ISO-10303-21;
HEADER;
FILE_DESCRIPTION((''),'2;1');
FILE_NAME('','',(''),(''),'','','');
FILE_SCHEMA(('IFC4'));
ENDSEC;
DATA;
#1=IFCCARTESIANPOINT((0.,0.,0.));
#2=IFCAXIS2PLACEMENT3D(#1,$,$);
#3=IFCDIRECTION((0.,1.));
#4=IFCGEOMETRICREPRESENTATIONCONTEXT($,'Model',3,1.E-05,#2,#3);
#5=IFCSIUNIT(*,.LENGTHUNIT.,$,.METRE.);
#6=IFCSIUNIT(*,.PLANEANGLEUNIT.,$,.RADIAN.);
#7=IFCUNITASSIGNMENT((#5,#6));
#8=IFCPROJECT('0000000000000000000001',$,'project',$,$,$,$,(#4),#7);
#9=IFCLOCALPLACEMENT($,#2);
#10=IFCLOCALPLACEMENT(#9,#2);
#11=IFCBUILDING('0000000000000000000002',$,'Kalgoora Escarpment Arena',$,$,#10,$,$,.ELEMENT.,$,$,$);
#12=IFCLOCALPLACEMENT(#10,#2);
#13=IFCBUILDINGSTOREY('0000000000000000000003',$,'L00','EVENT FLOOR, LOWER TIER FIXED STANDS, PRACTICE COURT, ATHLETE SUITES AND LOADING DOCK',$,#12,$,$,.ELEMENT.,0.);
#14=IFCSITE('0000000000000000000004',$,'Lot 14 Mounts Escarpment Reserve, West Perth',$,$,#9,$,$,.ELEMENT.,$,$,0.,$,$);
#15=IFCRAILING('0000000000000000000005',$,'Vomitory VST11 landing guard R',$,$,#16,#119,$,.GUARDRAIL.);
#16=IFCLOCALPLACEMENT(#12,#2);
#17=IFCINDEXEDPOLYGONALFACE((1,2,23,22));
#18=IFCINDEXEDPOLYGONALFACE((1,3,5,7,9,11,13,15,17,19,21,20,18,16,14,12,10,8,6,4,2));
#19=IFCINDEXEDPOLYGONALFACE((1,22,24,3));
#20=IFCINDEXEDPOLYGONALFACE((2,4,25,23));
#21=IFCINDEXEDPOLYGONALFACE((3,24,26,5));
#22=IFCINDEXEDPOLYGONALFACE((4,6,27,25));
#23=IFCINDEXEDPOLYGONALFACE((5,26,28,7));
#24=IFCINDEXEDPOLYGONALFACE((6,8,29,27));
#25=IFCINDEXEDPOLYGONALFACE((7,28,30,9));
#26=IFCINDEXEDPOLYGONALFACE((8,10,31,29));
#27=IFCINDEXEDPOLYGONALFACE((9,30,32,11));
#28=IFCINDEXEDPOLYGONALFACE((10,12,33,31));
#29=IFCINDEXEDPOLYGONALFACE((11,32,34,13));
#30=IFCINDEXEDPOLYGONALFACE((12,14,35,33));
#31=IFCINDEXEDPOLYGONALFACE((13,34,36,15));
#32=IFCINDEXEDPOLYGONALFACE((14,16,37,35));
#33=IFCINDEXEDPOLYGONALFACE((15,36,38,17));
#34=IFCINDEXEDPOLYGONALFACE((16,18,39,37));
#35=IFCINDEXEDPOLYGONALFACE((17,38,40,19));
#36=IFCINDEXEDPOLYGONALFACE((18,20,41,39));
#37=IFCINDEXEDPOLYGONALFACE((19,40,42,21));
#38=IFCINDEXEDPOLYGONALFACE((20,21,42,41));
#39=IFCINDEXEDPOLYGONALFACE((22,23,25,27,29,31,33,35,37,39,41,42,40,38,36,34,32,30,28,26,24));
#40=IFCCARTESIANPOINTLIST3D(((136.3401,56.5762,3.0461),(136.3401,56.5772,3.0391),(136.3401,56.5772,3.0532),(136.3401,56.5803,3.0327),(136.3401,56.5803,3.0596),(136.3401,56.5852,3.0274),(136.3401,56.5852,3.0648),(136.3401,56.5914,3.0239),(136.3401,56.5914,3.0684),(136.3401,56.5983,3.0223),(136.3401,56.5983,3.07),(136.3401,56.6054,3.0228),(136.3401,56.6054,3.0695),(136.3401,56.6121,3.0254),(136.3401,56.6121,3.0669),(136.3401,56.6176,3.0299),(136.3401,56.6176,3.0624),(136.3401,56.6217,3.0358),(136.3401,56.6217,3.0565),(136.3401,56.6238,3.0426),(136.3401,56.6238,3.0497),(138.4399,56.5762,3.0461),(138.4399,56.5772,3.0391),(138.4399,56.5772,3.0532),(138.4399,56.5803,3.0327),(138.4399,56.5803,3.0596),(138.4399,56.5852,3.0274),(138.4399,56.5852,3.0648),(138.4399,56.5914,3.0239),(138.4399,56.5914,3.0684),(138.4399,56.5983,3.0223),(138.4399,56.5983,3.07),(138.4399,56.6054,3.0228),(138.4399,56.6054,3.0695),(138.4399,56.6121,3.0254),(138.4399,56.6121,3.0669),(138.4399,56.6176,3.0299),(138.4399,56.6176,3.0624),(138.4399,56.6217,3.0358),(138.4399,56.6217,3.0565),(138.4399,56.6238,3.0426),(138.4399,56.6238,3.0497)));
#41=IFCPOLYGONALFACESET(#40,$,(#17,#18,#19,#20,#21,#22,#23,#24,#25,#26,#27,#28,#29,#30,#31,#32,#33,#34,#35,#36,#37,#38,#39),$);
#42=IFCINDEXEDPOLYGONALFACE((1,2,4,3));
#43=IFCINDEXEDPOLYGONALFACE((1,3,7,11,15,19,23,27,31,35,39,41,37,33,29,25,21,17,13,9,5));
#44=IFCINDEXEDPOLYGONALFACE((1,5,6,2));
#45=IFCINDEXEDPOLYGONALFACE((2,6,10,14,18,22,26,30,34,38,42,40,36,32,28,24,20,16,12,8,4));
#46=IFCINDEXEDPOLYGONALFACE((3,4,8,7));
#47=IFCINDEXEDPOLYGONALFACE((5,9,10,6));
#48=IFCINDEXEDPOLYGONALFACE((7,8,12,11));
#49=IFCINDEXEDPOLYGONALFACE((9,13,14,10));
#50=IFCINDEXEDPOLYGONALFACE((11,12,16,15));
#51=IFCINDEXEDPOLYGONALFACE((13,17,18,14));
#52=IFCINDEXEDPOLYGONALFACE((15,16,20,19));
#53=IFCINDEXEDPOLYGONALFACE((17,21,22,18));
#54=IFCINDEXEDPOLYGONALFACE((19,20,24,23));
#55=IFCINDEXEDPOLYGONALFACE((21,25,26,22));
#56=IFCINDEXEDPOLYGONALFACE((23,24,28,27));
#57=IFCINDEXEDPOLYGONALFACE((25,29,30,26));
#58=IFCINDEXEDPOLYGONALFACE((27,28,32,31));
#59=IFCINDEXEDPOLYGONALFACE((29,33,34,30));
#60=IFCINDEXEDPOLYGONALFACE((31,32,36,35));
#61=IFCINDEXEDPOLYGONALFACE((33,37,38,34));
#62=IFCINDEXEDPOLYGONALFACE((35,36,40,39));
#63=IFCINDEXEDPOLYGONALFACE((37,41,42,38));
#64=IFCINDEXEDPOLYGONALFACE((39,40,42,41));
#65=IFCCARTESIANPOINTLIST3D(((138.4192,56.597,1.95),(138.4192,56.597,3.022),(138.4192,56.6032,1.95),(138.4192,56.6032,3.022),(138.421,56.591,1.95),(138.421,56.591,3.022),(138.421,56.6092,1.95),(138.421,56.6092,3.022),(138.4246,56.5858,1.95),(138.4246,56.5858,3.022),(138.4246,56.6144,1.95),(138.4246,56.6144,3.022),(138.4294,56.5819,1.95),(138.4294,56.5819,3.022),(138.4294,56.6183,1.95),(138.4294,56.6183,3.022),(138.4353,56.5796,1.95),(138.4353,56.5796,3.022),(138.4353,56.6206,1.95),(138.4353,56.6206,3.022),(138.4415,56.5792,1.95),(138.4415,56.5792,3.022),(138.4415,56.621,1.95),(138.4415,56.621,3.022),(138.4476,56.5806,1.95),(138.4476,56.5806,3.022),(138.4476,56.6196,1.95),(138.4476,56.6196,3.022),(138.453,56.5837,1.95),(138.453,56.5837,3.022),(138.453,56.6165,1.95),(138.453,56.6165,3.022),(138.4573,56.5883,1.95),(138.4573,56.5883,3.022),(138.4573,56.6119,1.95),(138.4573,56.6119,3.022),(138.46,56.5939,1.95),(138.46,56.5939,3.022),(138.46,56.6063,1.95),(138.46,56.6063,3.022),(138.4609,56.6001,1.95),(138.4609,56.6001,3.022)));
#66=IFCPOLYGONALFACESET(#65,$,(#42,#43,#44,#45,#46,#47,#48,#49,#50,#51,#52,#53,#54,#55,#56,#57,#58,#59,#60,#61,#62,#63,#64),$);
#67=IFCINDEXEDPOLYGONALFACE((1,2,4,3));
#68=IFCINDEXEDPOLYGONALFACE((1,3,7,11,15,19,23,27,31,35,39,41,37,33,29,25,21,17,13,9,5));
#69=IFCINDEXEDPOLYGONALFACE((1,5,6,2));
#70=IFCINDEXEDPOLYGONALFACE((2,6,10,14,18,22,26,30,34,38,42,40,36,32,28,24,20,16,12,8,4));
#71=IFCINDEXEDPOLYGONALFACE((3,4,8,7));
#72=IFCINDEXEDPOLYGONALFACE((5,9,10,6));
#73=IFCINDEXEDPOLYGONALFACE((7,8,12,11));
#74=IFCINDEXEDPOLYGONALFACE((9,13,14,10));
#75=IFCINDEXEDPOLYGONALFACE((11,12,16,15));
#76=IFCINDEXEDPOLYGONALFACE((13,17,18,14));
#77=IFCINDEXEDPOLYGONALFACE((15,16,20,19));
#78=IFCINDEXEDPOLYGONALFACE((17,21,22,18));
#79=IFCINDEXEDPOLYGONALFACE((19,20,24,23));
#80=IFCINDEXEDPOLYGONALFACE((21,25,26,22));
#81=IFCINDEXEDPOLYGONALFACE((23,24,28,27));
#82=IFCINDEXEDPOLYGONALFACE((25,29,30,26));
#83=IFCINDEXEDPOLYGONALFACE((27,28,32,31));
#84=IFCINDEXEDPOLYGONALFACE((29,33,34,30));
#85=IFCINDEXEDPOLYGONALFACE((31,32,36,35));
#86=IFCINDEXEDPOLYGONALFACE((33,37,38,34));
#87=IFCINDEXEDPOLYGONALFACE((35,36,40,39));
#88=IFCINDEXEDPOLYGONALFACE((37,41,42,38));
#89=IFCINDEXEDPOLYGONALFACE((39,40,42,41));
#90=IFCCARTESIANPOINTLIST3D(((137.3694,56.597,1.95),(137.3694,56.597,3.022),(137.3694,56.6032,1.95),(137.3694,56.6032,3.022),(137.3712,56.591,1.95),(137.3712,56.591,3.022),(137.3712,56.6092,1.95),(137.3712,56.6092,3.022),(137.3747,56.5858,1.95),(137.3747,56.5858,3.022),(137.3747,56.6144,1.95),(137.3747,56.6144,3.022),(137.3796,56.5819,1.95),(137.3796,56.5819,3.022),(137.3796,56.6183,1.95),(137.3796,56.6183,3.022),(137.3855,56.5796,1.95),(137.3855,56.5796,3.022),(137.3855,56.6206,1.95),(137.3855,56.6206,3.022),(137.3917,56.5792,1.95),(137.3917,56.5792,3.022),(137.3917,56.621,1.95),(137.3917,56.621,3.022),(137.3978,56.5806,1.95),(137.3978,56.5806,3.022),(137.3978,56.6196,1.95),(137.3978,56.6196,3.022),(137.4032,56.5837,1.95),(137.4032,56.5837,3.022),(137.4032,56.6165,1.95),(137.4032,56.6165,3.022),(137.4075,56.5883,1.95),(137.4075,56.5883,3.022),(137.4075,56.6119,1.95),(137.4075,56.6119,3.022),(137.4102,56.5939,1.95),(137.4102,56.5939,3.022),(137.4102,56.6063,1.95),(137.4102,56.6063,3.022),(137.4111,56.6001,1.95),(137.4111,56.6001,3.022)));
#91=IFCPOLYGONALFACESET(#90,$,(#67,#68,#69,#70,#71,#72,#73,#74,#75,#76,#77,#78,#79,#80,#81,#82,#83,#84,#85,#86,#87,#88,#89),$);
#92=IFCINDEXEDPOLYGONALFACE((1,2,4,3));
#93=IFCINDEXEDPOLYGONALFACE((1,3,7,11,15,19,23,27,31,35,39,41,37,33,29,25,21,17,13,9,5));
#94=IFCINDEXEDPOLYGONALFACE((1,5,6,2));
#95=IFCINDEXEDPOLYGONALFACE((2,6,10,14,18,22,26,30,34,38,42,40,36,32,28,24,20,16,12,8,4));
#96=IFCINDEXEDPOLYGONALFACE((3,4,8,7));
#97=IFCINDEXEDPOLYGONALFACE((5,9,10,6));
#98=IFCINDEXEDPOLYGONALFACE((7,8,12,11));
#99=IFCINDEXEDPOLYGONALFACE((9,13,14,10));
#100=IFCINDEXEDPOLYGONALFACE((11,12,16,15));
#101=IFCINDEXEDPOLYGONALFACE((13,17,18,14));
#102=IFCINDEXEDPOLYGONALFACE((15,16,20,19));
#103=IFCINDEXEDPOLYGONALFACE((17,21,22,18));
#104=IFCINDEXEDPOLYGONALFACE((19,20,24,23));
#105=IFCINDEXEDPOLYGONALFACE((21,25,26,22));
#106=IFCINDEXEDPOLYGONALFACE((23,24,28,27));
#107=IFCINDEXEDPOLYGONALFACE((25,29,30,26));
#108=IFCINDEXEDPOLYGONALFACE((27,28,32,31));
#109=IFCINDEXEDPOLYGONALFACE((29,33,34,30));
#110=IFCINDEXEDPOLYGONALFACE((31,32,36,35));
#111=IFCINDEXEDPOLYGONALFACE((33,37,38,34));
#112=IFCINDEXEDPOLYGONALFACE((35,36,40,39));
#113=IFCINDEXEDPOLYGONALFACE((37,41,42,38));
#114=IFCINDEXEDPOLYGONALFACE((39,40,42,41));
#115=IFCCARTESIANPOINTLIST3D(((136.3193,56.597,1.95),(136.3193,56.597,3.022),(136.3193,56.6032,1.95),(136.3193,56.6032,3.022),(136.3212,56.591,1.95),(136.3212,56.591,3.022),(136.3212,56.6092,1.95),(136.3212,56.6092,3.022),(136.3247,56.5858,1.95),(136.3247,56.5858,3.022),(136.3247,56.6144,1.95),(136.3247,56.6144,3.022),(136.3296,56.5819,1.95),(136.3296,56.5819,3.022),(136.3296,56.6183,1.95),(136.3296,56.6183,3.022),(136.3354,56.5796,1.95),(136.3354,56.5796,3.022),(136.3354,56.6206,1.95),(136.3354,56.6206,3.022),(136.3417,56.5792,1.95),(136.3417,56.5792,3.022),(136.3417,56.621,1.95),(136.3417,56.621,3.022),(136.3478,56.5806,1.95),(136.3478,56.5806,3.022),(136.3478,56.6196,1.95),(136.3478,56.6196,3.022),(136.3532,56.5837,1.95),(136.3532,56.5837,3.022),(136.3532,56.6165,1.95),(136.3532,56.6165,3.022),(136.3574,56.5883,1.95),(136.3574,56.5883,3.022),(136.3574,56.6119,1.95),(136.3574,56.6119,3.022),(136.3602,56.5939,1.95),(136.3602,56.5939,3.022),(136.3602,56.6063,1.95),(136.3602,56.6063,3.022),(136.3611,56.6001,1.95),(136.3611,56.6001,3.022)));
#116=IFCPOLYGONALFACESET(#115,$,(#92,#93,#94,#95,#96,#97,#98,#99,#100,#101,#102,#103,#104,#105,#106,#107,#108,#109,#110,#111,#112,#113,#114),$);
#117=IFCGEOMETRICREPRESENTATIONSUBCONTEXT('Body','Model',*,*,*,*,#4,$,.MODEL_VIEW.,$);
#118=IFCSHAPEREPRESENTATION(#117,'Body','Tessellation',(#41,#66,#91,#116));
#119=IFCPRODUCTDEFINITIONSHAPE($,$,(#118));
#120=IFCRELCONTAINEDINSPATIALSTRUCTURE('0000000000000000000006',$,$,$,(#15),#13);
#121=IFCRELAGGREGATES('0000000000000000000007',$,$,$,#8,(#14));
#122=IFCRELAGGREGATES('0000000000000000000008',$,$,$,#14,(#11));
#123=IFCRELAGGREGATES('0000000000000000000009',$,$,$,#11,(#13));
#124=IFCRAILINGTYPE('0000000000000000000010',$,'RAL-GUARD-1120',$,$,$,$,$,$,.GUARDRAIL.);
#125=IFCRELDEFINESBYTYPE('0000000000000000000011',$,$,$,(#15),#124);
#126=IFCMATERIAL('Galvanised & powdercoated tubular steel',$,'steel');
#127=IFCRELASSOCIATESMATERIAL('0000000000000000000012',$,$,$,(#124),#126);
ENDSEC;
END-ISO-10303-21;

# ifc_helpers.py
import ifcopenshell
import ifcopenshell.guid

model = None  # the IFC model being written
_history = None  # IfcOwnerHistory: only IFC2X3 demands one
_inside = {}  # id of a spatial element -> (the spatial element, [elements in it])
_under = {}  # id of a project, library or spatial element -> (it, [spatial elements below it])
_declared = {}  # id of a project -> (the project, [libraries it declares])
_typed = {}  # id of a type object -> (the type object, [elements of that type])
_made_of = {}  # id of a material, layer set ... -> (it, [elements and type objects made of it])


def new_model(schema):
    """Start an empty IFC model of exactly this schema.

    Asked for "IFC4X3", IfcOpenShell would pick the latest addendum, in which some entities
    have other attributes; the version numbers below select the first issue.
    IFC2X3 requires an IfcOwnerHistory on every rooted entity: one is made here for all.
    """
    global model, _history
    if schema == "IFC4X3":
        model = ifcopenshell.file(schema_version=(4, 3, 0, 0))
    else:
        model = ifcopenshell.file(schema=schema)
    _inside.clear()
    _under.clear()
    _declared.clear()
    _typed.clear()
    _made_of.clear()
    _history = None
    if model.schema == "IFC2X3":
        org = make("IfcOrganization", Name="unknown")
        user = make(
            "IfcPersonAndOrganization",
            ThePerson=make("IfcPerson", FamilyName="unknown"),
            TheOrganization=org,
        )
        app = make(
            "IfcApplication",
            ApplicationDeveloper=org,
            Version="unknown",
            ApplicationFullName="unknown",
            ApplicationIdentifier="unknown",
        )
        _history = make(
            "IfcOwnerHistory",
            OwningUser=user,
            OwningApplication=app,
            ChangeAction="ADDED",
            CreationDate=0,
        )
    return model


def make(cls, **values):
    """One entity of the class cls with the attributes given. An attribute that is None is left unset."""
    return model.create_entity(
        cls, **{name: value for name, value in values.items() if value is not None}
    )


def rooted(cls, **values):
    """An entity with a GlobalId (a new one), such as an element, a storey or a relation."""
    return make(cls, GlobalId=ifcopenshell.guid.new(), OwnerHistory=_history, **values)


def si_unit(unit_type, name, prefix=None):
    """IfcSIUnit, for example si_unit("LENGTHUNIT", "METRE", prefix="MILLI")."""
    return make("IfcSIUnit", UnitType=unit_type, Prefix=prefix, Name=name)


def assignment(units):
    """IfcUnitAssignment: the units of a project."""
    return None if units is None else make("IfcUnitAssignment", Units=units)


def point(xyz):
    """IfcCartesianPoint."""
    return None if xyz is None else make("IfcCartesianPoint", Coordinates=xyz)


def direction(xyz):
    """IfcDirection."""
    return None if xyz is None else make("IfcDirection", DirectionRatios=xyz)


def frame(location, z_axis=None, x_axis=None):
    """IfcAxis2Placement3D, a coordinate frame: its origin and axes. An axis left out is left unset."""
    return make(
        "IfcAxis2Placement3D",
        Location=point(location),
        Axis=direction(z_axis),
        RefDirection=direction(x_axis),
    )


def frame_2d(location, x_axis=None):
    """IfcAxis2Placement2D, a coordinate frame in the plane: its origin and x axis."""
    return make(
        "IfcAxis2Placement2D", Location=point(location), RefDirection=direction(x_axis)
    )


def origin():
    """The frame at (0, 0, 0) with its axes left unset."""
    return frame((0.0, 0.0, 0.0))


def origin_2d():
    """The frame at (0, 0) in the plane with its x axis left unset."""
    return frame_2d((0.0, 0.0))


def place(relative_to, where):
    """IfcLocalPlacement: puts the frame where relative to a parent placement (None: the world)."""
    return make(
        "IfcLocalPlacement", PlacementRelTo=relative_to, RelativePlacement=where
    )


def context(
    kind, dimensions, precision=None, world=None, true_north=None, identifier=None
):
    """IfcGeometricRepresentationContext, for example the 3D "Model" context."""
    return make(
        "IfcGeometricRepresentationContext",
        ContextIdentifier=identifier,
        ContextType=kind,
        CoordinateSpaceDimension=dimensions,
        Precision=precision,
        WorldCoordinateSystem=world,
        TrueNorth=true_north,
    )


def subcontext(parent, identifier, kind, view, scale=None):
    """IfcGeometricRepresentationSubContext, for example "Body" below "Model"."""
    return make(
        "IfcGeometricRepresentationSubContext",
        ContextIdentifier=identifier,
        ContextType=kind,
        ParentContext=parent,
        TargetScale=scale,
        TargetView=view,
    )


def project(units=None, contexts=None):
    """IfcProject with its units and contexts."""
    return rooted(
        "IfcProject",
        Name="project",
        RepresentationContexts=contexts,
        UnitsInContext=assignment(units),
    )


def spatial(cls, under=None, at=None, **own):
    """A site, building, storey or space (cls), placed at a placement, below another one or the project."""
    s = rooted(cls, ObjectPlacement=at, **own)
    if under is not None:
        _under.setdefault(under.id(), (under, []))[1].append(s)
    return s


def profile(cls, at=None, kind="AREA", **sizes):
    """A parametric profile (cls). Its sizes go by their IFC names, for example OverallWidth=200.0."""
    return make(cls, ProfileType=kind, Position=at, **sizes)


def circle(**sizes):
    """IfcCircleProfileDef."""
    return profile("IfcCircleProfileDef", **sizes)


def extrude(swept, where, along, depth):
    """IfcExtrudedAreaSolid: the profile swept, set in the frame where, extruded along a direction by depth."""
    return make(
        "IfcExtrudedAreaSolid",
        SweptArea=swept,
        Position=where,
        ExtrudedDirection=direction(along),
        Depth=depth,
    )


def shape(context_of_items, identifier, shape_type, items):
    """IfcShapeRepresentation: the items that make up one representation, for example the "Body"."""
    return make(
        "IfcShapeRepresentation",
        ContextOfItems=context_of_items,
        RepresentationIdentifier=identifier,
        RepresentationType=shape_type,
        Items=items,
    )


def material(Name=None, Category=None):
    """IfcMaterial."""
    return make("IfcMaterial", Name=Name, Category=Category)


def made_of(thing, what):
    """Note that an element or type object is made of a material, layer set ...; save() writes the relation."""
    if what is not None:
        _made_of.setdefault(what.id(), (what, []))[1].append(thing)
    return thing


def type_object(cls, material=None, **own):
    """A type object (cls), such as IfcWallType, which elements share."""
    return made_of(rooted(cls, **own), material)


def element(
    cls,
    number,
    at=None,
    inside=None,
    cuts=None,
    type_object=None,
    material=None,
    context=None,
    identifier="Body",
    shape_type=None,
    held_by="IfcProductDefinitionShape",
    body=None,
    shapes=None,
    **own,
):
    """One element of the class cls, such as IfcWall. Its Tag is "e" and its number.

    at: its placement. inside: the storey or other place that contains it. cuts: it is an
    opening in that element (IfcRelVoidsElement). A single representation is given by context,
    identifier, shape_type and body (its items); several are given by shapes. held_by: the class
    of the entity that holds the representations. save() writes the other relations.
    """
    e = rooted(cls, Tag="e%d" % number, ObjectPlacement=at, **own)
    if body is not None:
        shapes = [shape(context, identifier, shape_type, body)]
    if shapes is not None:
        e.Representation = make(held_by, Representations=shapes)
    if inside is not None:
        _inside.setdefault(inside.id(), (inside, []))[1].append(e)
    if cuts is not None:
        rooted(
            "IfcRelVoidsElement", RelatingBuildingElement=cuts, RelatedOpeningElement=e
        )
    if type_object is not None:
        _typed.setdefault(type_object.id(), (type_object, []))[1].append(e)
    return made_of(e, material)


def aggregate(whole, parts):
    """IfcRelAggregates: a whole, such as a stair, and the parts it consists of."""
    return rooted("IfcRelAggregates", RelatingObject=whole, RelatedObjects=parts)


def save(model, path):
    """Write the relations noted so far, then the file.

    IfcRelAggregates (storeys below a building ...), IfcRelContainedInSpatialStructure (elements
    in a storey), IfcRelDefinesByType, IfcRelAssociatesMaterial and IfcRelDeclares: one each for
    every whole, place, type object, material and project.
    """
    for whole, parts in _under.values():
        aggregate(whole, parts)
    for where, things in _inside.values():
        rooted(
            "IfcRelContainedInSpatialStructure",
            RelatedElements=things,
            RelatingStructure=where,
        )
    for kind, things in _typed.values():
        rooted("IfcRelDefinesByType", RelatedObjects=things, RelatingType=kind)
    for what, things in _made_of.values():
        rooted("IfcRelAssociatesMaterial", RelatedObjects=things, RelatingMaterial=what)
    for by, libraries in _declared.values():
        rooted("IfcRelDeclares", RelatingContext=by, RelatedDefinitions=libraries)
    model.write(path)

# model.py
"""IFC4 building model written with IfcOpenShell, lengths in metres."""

from ifc_helpers import new_model, si_unit, direction, frame, origin, origin_2d, place, context, subcontext, project, spatial, circle, extrude, material, type_object, element, save


model = new_model("IFC4")

# Units and contexts
model_context = context("Model", 3, precision=1e-05, world=origin(), true_north=direction((0.0, 1.0)))
body_context = subcontext(model_context, "Body", "Model", "MODEL_VIEW")
ifc_project = project(units=[si_unit("LENGTHUNIT", "METRE"), si_unit("PLANEANGLEUNIT", "RADIAN")], contexts=[model_context])

# Site, building, storey
site_placement = place(None, origin())
site = spatial("IfcSite", under=ifc_project, at=site_placement, Name="Lot 14 Mounts Escarpment Reserve, West Perth", CompositionType="ELEMENT", RefElevation=0.0)
building_placement = place(site_placement, origin())
building = spatial("IfcBuilding", under=site, at=building_placement, Name="Kalgoora Escarpment Arena", CompositionType="ELEMENT")
storey_placement = place(building_placement, origin())
storey = spatial("IfcBuildingStorey", under=building, at=storey_placement, Name="L00", Description="EVENT FLOOR, LOWER TIER FIXED STANDS, PRACTICE COURT, ATHLETE SUITES AND LOADING DOCK", CompositionType="ELEMENT", Elevation=0.0)

# Railing
ifc_material_1 = material(Name="Galvanised & powdercoated tubular steel", Category="steel")
railing_type_1 = type_object("IfcRailingType", Name="RAL-GUARD-1120", PredefinedType="GUARDRAIL", material=ifc_material_1)
railing_1_placement = place(storey_placement, frame((138.4399, 56.6001, 1.95)))
element("IfcRailing", 1, at=railing_1_placement, inside=storey, type_object=railing_type_1, Name="Vomitory VST11 landing guard R", PredefinedType="GUARDRAIL", context=body_context, shape_type="SweptSolid", body=[
    extrude(circle(Radius=0.0239, at=origin_2d()), frame((0.0, 0.0, 1.0962), z_axis=(-1.0, 0.0, 0.0), x_axis=(0.0, -1.0, 0.0)), (0.0, 0.0, 1.0), 2.0999),
    extrude(circle(Radius=0.021, at=origin_2d()), origin(), (0.0, 0.0, 1.0), 1.072),
    extrude(circle(Radius=0.021, at=origin_2d()), frame((-1.0498, 0.0, 0.0)), (0.0, 0.0, 1.0), 1.072),
    extrude(circle(Radius=0.021, at=origin_2d()), frame((-2.0999, 0.0, 0.0)), (0.0, 0.0, 1.0), 1.072),
])

save(model, "model.ifc")
